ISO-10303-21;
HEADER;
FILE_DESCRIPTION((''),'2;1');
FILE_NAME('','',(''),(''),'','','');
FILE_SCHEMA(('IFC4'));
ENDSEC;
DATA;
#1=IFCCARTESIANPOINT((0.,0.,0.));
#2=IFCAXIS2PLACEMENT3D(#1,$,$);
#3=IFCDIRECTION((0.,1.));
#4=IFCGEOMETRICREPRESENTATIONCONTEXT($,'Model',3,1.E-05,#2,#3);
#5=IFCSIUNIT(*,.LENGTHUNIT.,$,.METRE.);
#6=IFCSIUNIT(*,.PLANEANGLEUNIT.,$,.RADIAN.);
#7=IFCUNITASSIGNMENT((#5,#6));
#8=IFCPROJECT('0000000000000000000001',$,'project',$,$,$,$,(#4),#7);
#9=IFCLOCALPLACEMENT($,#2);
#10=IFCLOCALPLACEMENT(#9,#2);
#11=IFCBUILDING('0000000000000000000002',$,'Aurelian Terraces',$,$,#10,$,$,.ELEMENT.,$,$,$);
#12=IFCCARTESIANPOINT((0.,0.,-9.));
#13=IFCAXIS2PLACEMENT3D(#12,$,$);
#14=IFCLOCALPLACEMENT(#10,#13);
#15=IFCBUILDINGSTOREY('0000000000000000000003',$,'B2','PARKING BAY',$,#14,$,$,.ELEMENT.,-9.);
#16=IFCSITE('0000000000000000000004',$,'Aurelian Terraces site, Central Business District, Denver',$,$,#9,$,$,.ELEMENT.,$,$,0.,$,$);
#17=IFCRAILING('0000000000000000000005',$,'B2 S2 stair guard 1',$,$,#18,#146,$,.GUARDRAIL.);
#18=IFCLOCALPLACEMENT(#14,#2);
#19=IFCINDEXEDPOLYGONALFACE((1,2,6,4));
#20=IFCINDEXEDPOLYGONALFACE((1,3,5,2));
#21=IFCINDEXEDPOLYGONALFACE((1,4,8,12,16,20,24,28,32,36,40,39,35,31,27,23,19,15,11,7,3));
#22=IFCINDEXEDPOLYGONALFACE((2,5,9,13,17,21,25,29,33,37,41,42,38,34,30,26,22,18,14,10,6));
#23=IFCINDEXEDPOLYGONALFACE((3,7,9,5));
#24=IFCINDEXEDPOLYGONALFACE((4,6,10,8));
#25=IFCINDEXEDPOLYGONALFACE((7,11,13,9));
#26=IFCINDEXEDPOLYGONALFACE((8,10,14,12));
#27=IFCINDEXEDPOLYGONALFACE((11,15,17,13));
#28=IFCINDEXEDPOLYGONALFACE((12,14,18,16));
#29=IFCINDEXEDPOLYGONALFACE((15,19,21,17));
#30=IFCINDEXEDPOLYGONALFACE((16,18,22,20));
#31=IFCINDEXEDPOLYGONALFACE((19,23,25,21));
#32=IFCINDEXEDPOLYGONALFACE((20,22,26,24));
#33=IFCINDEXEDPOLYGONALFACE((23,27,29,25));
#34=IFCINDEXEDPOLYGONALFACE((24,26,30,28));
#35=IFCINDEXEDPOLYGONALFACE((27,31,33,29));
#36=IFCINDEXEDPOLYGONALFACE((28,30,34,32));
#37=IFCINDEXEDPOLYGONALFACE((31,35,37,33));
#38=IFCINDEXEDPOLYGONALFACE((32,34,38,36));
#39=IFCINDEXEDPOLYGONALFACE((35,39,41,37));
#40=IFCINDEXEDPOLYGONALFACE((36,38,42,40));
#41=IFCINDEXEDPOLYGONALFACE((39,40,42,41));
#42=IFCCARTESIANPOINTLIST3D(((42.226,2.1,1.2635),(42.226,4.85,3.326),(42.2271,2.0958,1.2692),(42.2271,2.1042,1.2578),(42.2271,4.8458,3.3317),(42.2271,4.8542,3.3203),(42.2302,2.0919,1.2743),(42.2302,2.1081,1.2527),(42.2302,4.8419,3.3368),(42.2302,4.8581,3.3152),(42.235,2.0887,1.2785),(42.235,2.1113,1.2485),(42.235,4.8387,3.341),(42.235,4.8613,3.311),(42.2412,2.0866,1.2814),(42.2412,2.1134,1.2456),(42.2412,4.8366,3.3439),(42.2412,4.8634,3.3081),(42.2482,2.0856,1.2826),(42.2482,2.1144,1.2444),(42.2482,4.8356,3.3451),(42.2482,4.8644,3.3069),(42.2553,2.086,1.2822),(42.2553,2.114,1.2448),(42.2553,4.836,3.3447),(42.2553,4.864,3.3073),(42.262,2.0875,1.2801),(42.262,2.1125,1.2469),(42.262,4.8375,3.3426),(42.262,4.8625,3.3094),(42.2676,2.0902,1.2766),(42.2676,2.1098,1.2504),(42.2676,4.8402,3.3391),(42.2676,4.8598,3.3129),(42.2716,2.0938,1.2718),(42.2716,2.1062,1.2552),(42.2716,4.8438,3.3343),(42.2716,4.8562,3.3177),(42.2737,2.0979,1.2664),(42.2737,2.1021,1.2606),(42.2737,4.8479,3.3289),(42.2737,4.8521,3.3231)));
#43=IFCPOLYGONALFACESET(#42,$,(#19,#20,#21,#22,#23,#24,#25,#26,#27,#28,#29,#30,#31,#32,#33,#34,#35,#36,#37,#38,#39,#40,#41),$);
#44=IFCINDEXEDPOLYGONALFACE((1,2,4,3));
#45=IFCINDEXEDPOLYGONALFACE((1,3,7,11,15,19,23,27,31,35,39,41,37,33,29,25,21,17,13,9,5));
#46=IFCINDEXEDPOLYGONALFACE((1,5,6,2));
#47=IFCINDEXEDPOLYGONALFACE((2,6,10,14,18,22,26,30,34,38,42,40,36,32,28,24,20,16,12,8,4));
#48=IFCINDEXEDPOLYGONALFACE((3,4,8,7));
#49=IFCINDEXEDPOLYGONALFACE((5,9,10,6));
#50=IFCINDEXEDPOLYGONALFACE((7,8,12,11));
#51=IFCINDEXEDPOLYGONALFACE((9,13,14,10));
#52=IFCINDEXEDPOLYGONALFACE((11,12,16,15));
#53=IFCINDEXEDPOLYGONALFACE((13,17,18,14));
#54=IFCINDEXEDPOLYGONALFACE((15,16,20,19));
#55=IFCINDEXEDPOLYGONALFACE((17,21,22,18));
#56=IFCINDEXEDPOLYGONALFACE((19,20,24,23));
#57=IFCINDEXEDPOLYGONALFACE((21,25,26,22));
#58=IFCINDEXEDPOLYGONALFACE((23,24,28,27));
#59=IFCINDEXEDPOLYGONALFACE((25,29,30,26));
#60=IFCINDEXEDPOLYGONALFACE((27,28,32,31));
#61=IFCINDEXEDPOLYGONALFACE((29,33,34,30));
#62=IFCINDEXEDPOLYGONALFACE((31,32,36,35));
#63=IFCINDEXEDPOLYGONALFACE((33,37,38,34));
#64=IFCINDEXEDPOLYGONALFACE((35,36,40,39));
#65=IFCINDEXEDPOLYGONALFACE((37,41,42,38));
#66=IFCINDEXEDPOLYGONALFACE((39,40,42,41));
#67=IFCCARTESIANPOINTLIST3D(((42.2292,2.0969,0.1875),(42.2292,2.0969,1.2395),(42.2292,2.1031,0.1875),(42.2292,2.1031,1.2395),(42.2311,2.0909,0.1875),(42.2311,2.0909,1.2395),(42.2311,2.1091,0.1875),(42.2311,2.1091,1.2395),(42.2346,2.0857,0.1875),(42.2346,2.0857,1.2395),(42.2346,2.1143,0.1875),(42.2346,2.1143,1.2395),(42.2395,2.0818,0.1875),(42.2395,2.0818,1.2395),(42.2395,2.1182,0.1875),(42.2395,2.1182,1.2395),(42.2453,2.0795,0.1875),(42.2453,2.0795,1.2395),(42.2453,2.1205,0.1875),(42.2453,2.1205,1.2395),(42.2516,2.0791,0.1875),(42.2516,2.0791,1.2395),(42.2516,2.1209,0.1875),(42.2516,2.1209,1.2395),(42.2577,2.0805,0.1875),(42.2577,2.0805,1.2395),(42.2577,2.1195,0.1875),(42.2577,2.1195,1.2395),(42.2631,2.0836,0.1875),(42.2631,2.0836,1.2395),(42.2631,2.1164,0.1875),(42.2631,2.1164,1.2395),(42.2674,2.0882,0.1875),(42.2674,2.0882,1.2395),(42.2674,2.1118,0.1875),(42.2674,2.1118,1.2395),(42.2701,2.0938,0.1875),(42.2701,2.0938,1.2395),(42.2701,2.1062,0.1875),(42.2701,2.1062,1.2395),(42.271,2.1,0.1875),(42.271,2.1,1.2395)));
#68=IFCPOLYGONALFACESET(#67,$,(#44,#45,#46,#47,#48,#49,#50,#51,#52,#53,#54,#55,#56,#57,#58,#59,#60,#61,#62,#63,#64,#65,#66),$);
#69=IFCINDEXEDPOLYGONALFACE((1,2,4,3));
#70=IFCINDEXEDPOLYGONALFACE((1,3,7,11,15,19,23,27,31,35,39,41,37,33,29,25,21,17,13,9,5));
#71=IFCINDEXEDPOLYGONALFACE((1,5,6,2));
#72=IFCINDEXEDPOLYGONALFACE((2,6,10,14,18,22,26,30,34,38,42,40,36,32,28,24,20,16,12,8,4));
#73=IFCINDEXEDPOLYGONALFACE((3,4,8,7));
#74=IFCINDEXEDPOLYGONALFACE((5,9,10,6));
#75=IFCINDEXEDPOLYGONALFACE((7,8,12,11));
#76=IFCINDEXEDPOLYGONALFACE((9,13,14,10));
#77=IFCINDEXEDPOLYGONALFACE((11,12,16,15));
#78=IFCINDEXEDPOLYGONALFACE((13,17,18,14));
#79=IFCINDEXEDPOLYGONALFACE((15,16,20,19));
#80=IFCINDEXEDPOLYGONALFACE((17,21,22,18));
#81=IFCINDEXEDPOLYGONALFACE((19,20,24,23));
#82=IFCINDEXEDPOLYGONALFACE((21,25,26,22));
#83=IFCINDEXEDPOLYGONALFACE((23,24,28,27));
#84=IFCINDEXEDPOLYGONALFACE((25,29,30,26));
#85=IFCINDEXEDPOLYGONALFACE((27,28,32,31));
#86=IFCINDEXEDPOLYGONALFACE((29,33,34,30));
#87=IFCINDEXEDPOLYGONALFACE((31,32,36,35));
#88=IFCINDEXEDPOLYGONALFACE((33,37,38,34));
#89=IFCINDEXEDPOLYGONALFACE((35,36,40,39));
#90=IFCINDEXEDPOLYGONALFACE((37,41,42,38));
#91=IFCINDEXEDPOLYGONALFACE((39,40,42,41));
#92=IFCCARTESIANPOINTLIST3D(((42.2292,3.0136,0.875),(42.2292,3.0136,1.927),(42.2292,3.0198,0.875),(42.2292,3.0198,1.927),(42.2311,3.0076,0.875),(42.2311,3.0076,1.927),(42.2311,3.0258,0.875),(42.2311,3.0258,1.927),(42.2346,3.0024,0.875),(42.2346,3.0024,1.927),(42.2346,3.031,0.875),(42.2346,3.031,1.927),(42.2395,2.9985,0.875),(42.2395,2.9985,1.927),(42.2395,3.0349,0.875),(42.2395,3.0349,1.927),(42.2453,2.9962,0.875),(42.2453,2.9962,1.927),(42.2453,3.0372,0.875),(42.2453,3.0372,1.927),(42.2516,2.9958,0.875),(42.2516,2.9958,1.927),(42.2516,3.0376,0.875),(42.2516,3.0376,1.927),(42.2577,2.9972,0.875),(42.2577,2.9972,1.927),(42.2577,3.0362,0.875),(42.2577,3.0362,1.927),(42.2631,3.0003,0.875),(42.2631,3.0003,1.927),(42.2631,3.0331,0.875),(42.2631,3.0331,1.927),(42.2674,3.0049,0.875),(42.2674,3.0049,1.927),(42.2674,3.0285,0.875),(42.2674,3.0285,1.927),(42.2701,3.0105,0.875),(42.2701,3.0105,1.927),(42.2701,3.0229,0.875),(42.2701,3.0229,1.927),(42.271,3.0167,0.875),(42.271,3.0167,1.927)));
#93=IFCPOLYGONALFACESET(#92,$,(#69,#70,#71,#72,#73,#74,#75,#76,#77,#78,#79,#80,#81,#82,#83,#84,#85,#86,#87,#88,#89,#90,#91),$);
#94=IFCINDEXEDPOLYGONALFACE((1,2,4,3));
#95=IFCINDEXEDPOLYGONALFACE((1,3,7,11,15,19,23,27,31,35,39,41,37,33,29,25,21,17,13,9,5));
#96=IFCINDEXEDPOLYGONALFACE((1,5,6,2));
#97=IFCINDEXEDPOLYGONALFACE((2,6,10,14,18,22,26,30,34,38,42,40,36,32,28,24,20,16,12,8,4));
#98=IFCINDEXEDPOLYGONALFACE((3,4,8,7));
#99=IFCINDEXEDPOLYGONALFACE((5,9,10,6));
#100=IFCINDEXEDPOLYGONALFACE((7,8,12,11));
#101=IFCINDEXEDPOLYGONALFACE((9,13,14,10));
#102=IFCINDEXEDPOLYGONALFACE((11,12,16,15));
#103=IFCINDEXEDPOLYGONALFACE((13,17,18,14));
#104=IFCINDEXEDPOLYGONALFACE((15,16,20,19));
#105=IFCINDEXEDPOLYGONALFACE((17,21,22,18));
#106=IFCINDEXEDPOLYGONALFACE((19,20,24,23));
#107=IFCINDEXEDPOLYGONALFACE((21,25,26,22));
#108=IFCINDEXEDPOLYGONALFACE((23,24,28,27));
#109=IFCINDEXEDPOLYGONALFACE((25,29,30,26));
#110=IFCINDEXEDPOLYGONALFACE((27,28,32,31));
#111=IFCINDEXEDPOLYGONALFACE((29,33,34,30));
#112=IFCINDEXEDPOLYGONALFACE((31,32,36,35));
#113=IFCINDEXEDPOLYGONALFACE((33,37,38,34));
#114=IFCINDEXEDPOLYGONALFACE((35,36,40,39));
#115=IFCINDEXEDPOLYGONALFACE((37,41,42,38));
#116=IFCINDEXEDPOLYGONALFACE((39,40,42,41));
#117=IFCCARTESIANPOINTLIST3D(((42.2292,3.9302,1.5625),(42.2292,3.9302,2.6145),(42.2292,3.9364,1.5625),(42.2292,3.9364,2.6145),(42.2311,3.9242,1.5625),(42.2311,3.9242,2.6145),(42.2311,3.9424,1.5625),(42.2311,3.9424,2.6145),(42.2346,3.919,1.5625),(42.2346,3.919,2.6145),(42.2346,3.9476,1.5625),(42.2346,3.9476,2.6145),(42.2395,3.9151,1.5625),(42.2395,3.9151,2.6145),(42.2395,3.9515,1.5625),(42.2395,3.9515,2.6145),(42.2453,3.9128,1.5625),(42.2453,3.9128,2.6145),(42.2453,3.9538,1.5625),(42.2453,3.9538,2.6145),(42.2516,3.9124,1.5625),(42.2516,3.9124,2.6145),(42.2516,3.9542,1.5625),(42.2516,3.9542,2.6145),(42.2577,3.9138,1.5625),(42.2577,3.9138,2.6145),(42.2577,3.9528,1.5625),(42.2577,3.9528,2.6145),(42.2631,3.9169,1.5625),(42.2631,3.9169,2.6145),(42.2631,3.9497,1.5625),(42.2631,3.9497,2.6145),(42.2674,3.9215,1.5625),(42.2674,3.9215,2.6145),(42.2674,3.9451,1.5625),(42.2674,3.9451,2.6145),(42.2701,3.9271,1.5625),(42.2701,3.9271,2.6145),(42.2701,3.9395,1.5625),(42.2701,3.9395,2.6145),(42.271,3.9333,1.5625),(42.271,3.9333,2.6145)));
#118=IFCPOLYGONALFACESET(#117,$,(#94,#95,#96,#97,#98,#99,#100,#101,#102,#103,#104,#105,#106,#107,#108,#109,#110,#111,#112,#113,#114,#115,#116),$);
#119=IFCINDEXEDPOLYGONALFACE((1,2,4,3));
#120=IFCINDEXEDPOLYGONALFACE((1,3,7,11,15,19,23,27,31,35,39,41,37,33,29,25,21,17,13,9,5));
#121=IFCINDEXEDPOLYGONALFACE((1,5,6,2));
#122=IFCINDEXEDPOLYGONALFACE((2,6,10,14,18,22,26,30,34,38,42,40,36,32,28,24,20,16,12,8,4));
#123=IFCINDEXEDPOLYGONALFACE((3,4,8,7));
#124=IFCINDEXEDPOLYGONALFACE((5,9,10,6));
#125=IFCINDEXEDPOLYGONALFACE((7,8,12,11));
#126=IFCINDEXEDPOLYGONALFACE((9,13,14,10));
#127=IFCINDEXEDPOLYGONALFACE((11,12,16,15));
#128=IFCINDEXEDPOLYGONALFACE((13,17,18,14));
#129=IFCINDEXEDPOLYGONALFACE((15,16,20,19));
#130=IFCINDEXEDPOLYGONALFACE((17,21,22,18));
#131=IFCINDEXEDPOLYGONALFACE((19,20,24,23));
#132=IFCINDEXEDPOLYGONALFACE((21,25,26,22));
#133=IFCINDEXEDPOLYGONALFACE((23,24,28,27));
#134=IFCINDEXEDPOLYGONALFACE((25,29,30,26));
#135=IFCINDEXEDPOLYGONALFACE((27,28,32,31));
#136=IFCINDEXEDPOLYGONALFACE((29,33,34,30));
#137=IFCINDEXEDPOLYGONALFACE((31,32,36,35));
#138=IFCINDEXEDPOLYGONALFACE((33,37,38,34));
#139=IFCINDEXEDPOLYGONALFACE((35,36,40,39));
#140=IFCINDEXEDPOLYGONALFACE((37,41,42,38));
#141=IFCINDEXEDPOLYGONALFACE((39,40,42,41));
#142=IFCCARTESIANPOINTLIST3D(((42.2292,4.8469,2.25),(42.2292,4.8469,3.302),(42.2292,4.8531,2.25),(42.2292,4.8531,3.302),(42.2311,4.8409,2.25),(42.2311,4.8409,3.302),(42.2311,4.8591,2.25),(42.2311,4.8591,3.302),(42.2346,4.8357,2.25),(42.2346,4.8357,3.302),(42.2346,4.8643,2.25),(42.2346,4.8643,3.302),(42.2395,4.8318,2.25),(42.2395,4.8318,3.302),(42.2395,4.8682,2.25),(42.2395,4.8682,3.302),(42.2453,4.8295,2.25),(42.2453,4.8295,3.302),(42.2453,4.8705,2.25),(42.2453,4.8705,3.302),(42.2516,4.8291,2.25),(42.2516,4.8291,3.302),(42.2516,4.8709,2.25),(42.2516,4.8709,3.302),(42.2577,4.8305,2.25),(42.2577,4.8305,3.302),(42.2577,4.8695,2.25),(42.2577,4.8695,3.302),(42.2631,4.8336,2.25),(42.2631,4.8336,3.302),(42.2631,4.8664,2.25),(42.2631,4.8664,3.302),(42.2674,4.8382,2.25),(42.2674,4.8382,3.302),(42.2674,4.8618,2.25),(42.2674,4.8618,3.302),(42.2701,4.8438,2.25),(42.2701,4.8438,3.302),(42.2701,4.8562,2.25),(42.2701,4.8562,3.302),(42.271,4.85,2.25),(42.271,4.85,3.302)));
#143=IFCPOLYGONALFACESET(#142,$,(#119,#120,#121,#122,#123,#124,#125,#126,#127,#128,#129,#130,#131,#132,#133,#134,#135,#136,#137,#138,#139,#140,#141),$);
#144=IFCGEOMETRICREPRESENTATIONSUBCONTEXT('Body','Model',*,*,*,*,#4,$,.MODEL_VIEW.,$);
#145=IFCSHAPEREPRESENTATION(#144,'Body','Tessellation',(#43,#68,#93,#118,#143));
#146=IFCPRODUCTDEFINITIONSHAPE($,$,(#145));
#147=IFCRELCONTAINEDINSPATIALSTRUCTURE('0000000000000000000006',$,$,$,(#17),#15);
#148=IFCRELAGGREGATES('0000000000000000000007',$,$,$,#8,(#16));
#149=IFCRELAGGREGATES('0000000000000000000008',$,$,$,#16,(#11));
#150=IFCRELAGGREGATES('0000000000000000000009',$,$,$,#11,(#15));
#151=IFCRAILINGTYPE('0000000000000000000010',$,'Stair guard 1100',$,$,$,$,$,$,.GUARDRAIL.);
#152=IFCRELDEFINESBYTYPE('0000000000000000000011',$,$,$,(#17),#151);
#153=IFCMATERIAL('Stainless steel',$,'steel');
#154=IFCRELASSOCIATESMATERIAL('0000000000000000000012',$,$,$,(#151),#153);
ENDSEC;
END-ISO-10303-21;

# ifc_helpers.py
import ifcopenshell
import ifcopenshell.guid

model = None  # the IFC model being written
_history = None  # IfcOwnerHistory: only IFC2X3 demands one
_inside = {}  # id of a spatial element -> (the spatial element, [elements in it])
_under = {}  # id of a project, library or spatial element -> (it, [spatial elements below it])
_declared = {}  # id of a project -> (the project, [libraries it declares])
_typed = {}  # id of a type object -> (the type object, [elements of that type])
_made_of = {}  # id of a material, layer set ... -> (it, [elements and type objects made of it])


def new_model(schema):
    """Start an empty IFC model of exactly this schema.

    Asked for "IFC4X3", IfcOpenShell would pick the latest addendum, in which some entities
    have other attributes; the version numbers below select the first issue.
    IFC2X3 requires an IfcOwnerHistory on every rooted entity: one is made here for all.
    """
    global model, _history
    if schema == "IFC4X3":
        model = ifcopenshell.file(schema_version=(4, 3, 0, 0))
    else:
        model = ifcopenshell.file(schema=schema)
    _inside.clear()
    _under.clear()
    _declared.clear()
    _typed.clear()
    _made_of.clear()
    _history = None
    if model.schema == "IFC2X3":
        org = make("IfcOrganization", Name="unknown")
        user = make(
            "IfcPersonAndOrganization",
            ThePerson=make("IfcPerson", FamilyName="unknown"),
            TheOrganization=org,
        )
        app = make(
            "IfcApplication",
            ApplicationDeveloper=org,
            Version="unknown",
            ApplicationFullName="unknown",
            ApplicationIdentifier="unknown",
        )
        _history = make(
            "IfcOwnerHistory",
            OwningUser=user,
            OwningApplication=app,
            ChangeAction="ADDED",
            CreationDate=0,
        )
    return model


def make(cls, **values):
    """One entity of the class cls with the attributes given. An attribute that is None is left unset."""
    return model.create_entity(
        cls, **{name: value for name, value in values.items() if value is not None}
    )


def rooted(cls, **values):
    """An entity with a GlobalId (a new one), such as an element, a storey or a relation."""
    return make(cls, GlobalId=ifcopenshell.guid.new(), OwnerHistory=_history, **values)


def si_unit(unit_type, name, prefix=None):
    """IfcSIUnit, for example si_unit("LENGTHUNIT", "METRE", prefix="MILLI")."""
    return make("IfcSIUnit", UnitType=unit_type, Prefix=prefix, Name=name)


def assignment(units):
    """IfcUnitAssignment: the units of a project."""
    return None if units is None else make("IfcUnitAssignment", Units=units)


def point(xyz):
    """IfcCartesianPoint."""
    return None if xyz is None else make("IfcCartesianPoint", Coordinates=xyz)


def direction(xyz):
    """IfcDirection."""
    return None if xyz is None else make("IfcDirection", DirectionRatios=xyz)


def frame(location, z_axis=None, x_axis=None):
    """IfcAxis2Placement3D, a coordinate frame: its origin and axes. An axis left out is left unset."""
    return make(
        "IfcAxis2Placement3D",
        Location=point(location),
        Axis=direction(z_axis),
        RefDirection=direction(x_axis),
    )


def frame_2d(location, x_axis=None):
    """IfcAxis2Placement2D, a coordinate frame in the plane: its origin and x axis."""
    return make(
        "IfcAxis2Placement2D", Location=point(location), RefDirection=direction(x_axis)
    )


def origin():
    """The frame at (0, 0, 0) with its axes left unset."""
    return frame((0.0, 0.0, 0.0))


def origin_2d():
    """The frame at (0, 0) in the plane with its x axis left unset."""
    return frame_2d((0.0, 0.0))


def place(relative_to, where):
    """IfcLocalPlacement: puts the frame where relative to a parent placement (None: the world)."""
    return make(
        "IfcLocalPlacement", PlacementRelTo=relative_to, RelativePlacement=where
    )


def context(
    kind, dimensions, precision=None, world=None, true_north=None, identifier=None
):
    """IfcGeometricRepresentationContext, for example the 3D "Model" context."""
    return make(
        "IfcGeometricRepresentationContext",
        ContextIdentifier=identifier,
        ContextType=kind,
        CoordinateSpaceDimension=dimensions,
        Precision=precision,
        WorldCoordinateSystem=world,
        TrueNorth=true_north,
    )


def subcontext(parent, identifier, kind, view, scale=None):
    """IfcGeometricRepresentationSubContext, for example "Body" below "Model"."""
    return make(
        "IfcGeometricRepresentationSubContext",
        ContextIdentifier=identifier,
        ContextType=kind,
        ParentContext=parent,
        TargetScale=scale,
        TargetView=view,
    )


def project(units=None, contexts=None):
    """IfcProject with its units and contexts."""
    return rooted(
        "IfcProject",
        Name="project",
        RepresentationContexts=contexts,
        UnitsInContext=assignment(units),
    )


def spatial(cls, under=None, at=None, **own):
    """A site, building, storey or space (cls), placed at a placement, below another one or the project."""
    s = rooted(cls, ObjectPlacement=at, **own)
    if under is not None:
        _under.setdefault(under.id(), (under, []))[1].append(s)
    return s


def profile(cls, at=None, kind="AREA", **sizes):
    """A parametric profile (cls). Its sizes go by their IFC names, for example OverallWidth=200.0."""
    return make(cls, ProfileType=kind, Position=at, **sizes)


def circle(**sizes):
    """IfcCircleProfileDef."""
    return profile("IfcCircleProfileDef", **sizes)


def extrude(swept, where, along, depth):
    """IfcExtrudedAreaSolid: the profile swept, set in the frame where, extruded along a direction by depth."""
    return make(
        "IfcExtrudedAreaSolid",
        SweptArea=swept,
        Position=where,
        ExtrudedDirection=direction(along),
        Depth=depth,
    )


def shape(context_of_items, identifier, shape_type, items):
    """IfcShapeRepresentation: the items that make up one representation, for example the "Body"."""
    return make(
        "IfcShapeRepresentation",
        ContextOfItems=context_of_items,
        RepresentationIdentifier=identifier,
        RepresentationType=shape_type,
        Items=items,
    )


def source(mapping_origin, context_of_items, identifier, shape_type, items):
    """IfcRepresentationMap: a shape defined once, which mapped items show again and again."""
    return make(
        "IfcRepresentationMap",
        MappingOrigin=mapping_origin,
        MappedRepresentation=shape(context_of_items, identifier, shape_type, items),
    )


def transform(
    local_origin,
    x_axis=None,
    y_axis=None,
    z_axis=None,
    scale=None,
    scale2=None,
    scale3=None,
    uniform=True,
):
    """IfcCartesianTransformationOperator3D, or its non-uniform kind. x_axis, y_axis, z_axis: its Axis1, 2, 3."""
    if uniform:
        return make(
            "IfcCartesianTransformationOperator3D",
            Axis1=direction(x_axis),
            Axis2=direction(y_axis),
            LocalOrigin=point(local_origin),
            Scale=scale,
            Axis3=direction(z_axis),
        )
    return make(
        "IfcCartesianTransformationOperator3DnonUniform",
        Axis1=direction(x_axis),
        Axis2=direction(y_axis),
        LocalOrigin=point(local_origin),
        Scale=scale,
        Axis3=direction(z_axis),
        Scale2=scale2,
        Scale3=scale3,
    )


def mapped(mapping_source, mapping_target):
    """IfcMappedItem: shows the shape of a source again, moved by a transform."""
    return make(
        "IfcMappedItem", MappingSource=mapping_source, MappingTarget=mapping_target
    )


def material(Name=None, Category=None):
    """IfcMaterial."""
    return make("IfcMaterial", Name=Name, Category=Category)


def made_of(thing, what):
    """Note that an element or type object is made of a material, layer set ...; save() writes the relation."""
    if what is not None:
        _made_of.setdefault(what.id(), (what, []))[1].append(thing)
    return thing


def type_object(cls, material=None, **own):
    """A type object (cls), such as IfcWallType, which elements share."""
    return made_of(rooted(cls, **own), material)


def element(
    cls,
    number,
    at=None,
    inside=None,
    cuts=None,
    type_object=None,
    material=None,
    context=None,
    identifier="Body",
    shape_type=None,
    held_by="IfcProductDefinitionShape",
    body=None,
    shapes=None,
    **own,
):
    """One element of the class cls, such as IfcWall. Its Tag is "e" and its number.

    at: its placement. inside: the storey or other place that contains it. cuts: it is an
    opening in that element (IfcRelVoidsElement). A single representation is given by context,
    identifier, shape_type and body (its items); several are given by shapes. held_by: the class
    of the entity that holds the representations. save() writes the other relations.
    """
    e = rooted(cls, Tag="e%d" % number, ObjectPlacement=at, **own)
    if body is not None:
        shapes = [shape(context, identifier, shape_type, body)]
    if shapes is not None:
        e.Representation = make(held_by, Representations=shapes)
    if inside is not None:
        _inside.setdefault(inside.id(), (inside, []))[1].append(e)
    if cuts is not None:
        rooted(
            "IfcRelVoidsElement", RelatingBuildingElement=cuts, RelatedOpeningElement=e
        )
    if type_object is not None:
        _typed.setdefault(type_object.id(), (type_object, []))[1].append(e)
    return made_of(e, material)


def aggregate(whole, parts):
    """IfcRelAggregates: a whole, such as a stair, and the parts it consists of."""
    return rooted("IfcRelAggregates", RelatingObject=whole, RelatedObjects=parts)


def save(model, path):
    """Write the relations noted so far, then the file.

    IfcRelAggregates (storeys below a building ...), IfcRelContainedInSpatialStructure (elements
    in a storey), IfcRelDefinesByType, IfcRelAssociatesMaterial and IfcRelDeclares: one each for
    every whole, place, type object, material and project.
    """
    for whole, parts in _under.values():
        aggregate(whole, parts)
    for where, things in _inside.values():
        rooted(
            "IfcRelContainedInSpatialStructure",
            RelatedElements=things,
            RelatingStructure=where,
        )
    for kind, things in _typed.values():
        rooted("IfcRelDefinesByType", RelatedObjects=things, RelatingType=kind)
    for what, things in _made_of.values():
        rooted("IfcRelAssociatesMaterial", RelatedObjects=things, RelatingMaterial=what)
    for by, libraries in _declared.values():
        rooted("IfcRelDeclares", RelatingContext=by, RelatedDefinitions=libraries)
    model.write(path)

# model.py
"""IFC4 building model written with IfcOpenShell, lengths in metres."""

from ifc_helpers import new_model, si_unit, direction, frame, origin, origin_2d, place, context, subcontext, project, spatial, circle, extrude, source, transform, mapped, material, type_object, element, save


model = new_model("IFC4")

# Units and contexts
model_context = context("Model", 3, precision=1e-05, world=origin(), true_north=direction((0.0, 1.0)))
body_context = subcontext(model_context, "Body", "Model", "MODEL_VIEW")
ifc_project = project(units=[si_unit("LENGTHUNIT", "METRE"), si_unit("PLANEANGLEUNIT", "RADIAN")], contexts=[model_context])

# Site, building, storey
site_placement = place(None, origin())
site = spatial("IfcSite", under=ifc_project, at=site_placement, Name="Aurelian Terraces site, Central Business District, Denver", CompositionType="ELEMENT", RefElevation=0.0)
building_placement = place(site_placement, origin())
building = spatial("IfcBuilding", under=site, at=building_placement, Name="Aurelian Terraces", CompositionType="ELEMENT")
storey_placement = place(building_placement, frame((0.0, 0.0, -9.0)))
storey = spatial("IfcBuildingStorey", under=building, at=storey_placement, Name="B2", Description="PARKING BAY", CompositionType="ELEMENT", Elevation=-9.0)

# Railing
ifc_material_1 = material(Name="Stainless steel", Category="steel")
railing_type_1 = type_object("IfcRailingType", Name="Stair guard 1100", PredefinedType="GUARDRAIL", material=ifc_material_1)
shared_shape_1 = source(origin(), body_context, "Body", "SweptSolid", [
    extrude(circle(Radius=0.024, at=origin_2d()), frame((0.0, 0.0, 1.076), z_axis=(0.0, 0.8, 0.6), x_axis=(-1.0, 0.0, 0.0)), (0.0, 0.0, 1.0), 3.4375),
    extrude(circle(Radius=0.021, at=origin_2d()), origin(), (0.0, 0.0, 1.0), 1.052),
    extrude(circle(Radius=0.021, at=origin_2d()), frame((0.0, 0.9167, 0.6875)), (0.0, 0.0, 1.0), 1.052),
    extrude(circle(Radius=0.021, at=origin_2d()), frame((0.0, 1.8333, 1.375)), (0.0, 0.0, 1.0), 1.052),
    extrude(circle(Radius=0.021, at=origin_2d()), frame((0.0, 2.75, 2.0625)), (0.0, 0.0, 1.0), 1.052),
])
railing_1_placement = place(storey_placement, frame((42.25, 2.1, 0.1875)))
element("IfcRailing", 1, at=railing_1_placement, inside=storey, type_object=railing_type_1, Name="B2 S2 stair guard 1", PredefinedType="GUARDRAIL", context=body_context, shape_type="MappedRepresentation", body=[
    mapped(shared_shape_1, transform((0.0, 0.0, 0.0), scale=1.0)),
])

save(model, "model.ifc")
